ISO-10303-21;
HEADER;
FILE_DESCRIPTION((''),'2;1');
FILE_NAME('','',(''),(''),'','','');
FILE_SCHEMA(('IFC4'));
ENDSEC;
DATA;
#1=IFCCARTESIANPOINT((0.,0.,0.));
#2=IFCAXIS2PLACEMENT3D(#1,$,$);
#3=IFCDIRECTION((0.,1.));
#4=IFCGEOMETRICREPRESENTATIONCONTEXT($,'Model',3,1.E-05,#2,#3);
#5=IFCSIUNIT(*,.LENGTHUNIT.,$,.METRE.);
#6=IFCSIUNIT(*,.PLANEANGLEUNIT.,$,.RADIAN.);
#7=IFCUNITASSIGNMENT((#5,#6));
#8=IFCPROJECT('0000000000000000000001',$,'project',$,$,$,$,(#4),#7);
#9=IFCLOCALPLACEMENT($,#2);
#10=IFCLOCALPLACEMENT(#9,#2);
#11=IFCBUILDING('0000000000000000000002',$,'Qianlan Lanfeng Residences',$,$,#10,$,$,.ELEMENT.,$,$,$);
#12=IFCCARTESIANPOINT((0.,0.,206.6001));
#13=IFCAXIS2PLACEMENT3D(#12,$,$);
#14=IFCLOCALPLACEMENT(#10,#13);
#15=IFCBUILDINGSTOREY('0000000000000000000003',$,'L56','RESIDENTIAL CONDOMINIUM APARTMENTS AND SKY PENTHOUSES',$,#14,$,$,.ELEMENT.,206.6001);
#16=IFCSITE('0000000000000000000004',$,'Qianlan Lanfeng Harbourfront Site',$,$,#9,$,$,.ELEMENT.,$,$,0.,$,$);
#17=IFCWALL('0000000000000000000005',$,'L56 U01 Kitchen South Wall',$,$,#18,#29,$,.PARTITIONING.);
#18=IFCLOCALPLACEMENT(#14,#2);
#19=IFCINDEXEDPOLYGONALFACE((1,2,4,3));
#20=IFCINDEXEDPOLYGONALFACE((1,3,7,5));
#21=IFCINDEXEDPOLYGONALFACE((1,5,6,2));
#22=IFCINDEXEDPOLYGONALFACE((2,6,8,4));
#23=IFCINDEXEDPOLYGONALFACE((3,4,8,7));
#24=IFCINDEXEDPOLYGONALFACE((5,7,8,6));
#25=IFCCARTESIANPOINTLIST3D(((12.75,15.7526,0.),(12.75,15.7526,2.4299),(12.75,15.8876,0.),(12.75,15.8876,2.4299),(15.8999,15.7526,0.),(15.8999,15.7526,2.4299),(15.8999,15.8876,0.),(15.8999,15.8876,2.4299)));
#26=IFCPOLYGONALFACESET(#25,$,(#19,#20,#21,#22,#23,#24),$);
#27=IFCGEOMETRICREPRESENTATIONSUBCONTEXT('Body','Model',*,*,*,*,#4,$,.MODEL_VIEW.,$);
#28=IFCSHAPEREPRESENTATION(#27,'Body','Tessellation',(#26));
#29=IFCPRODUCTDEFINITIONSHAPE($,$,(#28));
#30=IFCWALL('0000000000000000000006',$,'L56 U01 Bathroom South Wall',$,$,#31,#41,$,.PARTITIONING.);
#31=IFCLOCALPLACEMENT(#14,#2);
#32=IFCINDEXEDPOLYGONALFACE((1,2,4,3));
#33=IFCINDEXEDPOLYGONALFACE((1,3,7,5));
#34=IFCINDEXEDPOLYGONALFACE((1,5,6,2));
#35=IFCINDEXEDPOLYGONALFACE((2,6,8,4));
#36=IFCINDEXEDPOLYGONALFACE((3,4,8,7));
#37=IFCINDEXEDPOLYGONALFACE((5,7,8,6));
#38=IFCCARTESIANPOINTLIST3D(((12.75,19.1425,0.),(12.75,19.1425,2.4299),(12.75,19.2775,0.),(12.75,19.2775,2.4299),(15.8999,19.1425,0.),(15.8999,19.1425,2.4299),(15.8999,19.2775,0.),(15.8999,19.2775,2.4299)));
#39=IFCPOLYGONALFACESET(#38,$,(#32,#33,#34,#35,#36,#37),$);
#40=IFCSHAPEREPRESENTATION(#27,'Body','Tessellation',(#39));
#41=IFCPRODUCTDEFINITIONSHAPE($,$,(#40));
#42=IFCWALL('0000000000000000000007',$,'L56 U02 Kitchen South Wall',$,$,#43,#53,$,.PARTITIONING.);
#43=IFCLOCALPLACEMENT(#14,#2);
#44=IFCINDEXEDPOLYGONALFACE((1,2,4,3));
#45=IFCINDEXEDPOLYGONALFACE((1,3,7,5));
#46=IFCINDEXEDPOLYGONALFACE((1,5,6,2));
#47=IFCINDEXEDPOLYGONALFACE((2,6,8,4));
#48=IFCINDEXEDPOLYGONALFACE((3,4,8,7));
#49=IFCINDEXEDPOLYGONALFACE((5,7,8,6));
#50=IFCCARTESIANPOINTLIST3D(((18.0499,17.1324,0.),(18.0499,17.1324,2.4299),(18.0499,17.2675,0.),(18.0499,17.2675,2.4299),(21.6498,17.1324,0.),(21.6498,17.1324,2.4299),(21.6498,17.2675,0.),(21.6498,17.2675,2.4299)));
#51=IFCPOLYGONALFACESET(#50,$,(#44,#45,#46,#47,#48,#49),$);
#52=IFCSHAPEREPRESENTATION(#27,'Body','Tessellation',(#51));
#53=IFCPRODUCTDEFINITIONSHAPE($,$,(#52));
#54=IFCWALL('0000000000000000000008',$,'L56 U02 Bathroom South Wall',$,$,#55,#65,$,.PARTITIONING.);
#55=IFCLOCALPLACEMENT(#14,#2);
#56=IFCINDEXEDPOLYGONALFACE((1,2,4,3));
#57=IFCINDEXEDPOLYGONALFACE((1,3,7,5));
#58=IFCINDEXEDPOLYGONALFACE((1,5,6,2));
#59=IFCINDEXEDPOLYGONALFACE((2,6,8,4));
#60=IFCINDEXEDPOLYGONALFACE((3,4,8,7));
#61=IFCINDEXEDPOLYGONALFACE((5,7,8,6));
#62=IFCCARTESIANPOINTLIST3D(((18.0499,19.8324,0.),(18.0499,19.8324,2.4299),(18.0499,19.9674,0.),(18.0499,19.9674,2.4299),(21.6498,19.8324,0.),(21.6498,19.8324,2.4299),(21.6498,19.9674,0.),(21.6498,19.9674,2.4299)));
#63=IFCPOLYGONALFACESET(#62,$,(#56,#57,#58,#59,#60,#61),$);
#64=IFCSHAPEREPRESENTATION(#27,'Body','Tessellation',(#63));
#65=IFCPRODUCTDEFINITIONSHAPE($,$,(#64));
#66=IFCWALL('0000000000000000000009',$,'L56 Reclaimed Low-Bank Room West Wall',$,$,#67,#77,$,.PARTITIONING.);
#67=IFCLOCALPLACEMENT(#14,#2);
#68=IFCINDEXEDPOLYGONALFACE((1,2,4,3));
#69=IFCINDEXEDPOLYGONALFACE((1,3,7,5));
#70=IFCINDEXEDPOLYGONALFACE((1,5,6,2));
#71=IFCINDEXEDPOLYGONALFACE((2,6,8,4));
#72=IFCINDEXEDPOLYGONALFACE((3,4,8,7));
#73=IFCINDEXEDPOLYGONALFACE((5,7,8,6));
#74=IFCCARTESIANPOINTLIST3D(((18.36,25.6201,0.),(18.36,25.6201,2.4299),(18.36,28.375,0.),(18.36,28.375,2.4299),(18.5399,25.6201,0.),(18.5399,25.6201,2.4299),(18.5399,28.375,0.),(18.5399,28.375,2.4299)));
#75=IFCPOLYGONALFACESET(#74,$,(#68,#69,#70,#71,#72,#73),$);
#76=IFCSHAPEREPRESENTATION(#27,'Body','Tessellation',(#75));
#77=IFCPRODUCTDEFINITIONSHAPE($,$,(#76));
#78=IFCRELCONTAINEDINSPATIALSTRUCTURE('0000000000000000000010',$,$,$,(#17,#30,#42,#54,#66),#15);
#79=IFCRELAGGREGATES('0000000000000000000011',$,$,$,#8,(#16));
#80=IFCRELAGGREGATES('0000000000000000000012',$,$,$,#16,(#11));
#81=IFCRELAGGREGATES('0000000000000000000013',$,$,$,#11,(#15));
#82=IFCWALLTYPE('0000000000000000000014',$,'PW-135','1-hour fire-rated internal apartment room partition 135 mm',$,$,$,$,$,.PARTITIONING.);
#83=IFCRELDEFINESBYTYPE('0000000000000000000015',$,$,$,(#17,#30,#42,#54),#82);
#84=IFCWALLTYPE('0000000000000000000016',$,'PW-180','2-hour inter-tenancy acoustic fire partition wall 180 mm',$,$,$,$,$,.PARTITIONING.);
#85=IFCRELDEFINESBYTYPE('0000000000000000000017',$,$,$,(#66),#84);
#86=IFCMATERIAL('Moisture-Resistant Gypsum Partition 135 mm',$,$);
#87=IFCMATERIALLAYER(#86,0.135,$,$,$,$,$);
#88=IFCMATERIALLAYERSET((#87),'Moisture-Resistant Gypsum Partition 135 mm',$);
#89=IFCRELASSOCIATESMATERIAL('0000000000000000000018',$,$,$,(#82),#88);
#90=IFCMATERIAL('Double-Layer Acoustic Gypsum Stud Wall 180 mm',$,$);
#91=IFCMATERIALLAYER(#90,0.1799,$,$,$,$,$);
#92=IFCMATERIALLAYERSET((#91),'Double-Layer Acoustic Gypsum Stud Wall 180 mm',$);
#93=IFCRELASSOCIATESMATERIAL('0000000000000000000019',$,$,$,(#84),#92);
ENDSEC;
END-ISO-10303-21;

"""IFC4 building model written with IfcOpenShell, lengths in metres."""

from ifc_helpers import new_model, si_unit, direction, frame, frame_2d, origin, place, context, subcontext, project, spatial, rectangle, extrude, material, layer, layer_set, type_object, element, save


model = new_model("IFC4")

# Units and contexts
model_context = context("Model", 3, precision=1e-05, world=origin(), true_north=direction((0.0, 1.0)))
body_context = subcontext(model_context, "Body", "Model", "MODEL_VIEW")
ifc_project = project(units=[si_unit("LENGTHUNIT", "METRE"), si_unit("PLANEANGLEUNIT", "RADIAN")], contexts=[model_context])

# Site, building, storey
site_placement = place(None, origin())
site = spatial("IfcSite", under=ifc_project, at=site_placement, Name="Qianlan Lanfeng Harbourfront Site", CompositionType="ELEMENT", RefElevation=0.0)
building_placement = place(site_placement, origin())
building = spatial("IfcBuilding", under=site, at=building_placement, Name="Qianlan Lanfeng Residences", CompositionType="ELEMENT")
storey_placement = place(building_placement, frame((0.0, 0.0, 206.6001)))
storey = spatial("IfcBuildingStorey", under=building, at=storey_placement, Name="L56", Description="RESIDENTIAL CONDOMINIUM APARTMENTS AND SKY PENTHOUSES", CompositionType="ELEMENT", Elevation=206.6001)

# Shared definitions
ifc_material_1 = material(Name="Moisture-Resistant Gypsum Partition 135 mm")
ifc_layer_1 = layer(ifc_material_1, 0.135)
ifc_layer_set_1 = layer_set([ifc_layer_1], Name="Moisture-Resistant Gypsum Partition 135 mm")
wall_type_1 = type_object("IfcWallType", Name="PW-135", Description="1-hour fire-rated internal apartment room partition 135 mm", PredefinedType="PARTITIONING", material=ifc_layer_set_1)

# Walls
for number, where, z_axis, x_axis, name in (
    (1, (12.75, 15.8201, 0.0), (0.0, 0.0, 1.0), (1.0, 0.0, 0.0), "L56 U01 Kitchen South Wall"),
    (2, (12.75, 19.21, 0.0), (0.0, 0.0, 1.0), (1.0, 0.0, 0.0), "L56 U01 Bathroom South Wall"),
):
    element("IfcWall", number, at=place(storey_placement, frame(where, z_axis=z_axis, x_axis=x_axis)), inside=storey, type_object=wall_type_1, Name=name, PredefinedType="PARTITIONING", context=body_context, shape_type="SweptSolid", body=[
        extrude(rectangle(XDim=3.1499, YDim=0.135, at=frame_2d((1.575, 0.0))), origin(), (0.0, 0.0, 1.0), 2.4299),
    ])
for number, where, z_axis, x_axis, name in (
    (3, (18.05, 17.2, 0.0), (0.0, 0.0, 1.0), (1.0, 0.0, 0.0), "L56 U02 Kitchen South Wall"),
    (4, (18.05, 19.8999, 0.0), (0.0, 0.0, 1.0), (1.0, 0.0, 0.0), "L56 U02 Bathroom South Wall"),
):
    element("IfcWall", number, at=place(storey_placement, frame(where, z_axis=z_axis, x_axis=x_axis)), inside=storey, type_object=wall_type_1, Name=name, PredefinedType="PARTITIONING", context=body_context, shape_type="SweptSolid", body=[
        extrude(rectangle(XDim=3.5999, YDim=0.135, at=frame_2d((1.7998, 0.0))), origin(), (0.0, 0.0, 1.0), 2.4299),
    ])

# Shared definitions
ifc_material_2 = material(Name="Double-Layer Acoustic Gypsum Stud Wall 180 mm")
ifc_layer_2 = layer(ifc_material_2, 0.1799)
ifc_layer_set_2 = layer_set([ifc_layer_2], Name="Double-Layer Acoustic Gypsum Stud Wall 180 mm")
wall_type_2 = type_object("IfcWallType", Name="PW-180", Description="2-hour inter-tenancy acoustic fire partition wall 180 mm", PredefinedType="PARTITIONING", material=ifc_layer_set_2)

# Wall
wall_1_placement = place(storey_placement, frame((18.45, 25.6201, 0.0), z_axis=(0.0, 0.0, 1.0), x_axis=(0.0, 1.0, 0.0)))
element("IfcWall", 5, at=wall_1_placement, inside=storey, type_object=wall_type_2, Name="L56 Reclaimed Low-Bank Room West Wall", PredefinedType="PARTITIONING", context=body_context, shape_type="SweptSolid", body=[
    extrude(rectangle(XDim=2.7549, YDim=0.1799, at=frame_2d((1.3774, 0.0))), origin(), (0.0, 0.0, 1.0), 2.4299),
])

save(model, "model.ifc")
